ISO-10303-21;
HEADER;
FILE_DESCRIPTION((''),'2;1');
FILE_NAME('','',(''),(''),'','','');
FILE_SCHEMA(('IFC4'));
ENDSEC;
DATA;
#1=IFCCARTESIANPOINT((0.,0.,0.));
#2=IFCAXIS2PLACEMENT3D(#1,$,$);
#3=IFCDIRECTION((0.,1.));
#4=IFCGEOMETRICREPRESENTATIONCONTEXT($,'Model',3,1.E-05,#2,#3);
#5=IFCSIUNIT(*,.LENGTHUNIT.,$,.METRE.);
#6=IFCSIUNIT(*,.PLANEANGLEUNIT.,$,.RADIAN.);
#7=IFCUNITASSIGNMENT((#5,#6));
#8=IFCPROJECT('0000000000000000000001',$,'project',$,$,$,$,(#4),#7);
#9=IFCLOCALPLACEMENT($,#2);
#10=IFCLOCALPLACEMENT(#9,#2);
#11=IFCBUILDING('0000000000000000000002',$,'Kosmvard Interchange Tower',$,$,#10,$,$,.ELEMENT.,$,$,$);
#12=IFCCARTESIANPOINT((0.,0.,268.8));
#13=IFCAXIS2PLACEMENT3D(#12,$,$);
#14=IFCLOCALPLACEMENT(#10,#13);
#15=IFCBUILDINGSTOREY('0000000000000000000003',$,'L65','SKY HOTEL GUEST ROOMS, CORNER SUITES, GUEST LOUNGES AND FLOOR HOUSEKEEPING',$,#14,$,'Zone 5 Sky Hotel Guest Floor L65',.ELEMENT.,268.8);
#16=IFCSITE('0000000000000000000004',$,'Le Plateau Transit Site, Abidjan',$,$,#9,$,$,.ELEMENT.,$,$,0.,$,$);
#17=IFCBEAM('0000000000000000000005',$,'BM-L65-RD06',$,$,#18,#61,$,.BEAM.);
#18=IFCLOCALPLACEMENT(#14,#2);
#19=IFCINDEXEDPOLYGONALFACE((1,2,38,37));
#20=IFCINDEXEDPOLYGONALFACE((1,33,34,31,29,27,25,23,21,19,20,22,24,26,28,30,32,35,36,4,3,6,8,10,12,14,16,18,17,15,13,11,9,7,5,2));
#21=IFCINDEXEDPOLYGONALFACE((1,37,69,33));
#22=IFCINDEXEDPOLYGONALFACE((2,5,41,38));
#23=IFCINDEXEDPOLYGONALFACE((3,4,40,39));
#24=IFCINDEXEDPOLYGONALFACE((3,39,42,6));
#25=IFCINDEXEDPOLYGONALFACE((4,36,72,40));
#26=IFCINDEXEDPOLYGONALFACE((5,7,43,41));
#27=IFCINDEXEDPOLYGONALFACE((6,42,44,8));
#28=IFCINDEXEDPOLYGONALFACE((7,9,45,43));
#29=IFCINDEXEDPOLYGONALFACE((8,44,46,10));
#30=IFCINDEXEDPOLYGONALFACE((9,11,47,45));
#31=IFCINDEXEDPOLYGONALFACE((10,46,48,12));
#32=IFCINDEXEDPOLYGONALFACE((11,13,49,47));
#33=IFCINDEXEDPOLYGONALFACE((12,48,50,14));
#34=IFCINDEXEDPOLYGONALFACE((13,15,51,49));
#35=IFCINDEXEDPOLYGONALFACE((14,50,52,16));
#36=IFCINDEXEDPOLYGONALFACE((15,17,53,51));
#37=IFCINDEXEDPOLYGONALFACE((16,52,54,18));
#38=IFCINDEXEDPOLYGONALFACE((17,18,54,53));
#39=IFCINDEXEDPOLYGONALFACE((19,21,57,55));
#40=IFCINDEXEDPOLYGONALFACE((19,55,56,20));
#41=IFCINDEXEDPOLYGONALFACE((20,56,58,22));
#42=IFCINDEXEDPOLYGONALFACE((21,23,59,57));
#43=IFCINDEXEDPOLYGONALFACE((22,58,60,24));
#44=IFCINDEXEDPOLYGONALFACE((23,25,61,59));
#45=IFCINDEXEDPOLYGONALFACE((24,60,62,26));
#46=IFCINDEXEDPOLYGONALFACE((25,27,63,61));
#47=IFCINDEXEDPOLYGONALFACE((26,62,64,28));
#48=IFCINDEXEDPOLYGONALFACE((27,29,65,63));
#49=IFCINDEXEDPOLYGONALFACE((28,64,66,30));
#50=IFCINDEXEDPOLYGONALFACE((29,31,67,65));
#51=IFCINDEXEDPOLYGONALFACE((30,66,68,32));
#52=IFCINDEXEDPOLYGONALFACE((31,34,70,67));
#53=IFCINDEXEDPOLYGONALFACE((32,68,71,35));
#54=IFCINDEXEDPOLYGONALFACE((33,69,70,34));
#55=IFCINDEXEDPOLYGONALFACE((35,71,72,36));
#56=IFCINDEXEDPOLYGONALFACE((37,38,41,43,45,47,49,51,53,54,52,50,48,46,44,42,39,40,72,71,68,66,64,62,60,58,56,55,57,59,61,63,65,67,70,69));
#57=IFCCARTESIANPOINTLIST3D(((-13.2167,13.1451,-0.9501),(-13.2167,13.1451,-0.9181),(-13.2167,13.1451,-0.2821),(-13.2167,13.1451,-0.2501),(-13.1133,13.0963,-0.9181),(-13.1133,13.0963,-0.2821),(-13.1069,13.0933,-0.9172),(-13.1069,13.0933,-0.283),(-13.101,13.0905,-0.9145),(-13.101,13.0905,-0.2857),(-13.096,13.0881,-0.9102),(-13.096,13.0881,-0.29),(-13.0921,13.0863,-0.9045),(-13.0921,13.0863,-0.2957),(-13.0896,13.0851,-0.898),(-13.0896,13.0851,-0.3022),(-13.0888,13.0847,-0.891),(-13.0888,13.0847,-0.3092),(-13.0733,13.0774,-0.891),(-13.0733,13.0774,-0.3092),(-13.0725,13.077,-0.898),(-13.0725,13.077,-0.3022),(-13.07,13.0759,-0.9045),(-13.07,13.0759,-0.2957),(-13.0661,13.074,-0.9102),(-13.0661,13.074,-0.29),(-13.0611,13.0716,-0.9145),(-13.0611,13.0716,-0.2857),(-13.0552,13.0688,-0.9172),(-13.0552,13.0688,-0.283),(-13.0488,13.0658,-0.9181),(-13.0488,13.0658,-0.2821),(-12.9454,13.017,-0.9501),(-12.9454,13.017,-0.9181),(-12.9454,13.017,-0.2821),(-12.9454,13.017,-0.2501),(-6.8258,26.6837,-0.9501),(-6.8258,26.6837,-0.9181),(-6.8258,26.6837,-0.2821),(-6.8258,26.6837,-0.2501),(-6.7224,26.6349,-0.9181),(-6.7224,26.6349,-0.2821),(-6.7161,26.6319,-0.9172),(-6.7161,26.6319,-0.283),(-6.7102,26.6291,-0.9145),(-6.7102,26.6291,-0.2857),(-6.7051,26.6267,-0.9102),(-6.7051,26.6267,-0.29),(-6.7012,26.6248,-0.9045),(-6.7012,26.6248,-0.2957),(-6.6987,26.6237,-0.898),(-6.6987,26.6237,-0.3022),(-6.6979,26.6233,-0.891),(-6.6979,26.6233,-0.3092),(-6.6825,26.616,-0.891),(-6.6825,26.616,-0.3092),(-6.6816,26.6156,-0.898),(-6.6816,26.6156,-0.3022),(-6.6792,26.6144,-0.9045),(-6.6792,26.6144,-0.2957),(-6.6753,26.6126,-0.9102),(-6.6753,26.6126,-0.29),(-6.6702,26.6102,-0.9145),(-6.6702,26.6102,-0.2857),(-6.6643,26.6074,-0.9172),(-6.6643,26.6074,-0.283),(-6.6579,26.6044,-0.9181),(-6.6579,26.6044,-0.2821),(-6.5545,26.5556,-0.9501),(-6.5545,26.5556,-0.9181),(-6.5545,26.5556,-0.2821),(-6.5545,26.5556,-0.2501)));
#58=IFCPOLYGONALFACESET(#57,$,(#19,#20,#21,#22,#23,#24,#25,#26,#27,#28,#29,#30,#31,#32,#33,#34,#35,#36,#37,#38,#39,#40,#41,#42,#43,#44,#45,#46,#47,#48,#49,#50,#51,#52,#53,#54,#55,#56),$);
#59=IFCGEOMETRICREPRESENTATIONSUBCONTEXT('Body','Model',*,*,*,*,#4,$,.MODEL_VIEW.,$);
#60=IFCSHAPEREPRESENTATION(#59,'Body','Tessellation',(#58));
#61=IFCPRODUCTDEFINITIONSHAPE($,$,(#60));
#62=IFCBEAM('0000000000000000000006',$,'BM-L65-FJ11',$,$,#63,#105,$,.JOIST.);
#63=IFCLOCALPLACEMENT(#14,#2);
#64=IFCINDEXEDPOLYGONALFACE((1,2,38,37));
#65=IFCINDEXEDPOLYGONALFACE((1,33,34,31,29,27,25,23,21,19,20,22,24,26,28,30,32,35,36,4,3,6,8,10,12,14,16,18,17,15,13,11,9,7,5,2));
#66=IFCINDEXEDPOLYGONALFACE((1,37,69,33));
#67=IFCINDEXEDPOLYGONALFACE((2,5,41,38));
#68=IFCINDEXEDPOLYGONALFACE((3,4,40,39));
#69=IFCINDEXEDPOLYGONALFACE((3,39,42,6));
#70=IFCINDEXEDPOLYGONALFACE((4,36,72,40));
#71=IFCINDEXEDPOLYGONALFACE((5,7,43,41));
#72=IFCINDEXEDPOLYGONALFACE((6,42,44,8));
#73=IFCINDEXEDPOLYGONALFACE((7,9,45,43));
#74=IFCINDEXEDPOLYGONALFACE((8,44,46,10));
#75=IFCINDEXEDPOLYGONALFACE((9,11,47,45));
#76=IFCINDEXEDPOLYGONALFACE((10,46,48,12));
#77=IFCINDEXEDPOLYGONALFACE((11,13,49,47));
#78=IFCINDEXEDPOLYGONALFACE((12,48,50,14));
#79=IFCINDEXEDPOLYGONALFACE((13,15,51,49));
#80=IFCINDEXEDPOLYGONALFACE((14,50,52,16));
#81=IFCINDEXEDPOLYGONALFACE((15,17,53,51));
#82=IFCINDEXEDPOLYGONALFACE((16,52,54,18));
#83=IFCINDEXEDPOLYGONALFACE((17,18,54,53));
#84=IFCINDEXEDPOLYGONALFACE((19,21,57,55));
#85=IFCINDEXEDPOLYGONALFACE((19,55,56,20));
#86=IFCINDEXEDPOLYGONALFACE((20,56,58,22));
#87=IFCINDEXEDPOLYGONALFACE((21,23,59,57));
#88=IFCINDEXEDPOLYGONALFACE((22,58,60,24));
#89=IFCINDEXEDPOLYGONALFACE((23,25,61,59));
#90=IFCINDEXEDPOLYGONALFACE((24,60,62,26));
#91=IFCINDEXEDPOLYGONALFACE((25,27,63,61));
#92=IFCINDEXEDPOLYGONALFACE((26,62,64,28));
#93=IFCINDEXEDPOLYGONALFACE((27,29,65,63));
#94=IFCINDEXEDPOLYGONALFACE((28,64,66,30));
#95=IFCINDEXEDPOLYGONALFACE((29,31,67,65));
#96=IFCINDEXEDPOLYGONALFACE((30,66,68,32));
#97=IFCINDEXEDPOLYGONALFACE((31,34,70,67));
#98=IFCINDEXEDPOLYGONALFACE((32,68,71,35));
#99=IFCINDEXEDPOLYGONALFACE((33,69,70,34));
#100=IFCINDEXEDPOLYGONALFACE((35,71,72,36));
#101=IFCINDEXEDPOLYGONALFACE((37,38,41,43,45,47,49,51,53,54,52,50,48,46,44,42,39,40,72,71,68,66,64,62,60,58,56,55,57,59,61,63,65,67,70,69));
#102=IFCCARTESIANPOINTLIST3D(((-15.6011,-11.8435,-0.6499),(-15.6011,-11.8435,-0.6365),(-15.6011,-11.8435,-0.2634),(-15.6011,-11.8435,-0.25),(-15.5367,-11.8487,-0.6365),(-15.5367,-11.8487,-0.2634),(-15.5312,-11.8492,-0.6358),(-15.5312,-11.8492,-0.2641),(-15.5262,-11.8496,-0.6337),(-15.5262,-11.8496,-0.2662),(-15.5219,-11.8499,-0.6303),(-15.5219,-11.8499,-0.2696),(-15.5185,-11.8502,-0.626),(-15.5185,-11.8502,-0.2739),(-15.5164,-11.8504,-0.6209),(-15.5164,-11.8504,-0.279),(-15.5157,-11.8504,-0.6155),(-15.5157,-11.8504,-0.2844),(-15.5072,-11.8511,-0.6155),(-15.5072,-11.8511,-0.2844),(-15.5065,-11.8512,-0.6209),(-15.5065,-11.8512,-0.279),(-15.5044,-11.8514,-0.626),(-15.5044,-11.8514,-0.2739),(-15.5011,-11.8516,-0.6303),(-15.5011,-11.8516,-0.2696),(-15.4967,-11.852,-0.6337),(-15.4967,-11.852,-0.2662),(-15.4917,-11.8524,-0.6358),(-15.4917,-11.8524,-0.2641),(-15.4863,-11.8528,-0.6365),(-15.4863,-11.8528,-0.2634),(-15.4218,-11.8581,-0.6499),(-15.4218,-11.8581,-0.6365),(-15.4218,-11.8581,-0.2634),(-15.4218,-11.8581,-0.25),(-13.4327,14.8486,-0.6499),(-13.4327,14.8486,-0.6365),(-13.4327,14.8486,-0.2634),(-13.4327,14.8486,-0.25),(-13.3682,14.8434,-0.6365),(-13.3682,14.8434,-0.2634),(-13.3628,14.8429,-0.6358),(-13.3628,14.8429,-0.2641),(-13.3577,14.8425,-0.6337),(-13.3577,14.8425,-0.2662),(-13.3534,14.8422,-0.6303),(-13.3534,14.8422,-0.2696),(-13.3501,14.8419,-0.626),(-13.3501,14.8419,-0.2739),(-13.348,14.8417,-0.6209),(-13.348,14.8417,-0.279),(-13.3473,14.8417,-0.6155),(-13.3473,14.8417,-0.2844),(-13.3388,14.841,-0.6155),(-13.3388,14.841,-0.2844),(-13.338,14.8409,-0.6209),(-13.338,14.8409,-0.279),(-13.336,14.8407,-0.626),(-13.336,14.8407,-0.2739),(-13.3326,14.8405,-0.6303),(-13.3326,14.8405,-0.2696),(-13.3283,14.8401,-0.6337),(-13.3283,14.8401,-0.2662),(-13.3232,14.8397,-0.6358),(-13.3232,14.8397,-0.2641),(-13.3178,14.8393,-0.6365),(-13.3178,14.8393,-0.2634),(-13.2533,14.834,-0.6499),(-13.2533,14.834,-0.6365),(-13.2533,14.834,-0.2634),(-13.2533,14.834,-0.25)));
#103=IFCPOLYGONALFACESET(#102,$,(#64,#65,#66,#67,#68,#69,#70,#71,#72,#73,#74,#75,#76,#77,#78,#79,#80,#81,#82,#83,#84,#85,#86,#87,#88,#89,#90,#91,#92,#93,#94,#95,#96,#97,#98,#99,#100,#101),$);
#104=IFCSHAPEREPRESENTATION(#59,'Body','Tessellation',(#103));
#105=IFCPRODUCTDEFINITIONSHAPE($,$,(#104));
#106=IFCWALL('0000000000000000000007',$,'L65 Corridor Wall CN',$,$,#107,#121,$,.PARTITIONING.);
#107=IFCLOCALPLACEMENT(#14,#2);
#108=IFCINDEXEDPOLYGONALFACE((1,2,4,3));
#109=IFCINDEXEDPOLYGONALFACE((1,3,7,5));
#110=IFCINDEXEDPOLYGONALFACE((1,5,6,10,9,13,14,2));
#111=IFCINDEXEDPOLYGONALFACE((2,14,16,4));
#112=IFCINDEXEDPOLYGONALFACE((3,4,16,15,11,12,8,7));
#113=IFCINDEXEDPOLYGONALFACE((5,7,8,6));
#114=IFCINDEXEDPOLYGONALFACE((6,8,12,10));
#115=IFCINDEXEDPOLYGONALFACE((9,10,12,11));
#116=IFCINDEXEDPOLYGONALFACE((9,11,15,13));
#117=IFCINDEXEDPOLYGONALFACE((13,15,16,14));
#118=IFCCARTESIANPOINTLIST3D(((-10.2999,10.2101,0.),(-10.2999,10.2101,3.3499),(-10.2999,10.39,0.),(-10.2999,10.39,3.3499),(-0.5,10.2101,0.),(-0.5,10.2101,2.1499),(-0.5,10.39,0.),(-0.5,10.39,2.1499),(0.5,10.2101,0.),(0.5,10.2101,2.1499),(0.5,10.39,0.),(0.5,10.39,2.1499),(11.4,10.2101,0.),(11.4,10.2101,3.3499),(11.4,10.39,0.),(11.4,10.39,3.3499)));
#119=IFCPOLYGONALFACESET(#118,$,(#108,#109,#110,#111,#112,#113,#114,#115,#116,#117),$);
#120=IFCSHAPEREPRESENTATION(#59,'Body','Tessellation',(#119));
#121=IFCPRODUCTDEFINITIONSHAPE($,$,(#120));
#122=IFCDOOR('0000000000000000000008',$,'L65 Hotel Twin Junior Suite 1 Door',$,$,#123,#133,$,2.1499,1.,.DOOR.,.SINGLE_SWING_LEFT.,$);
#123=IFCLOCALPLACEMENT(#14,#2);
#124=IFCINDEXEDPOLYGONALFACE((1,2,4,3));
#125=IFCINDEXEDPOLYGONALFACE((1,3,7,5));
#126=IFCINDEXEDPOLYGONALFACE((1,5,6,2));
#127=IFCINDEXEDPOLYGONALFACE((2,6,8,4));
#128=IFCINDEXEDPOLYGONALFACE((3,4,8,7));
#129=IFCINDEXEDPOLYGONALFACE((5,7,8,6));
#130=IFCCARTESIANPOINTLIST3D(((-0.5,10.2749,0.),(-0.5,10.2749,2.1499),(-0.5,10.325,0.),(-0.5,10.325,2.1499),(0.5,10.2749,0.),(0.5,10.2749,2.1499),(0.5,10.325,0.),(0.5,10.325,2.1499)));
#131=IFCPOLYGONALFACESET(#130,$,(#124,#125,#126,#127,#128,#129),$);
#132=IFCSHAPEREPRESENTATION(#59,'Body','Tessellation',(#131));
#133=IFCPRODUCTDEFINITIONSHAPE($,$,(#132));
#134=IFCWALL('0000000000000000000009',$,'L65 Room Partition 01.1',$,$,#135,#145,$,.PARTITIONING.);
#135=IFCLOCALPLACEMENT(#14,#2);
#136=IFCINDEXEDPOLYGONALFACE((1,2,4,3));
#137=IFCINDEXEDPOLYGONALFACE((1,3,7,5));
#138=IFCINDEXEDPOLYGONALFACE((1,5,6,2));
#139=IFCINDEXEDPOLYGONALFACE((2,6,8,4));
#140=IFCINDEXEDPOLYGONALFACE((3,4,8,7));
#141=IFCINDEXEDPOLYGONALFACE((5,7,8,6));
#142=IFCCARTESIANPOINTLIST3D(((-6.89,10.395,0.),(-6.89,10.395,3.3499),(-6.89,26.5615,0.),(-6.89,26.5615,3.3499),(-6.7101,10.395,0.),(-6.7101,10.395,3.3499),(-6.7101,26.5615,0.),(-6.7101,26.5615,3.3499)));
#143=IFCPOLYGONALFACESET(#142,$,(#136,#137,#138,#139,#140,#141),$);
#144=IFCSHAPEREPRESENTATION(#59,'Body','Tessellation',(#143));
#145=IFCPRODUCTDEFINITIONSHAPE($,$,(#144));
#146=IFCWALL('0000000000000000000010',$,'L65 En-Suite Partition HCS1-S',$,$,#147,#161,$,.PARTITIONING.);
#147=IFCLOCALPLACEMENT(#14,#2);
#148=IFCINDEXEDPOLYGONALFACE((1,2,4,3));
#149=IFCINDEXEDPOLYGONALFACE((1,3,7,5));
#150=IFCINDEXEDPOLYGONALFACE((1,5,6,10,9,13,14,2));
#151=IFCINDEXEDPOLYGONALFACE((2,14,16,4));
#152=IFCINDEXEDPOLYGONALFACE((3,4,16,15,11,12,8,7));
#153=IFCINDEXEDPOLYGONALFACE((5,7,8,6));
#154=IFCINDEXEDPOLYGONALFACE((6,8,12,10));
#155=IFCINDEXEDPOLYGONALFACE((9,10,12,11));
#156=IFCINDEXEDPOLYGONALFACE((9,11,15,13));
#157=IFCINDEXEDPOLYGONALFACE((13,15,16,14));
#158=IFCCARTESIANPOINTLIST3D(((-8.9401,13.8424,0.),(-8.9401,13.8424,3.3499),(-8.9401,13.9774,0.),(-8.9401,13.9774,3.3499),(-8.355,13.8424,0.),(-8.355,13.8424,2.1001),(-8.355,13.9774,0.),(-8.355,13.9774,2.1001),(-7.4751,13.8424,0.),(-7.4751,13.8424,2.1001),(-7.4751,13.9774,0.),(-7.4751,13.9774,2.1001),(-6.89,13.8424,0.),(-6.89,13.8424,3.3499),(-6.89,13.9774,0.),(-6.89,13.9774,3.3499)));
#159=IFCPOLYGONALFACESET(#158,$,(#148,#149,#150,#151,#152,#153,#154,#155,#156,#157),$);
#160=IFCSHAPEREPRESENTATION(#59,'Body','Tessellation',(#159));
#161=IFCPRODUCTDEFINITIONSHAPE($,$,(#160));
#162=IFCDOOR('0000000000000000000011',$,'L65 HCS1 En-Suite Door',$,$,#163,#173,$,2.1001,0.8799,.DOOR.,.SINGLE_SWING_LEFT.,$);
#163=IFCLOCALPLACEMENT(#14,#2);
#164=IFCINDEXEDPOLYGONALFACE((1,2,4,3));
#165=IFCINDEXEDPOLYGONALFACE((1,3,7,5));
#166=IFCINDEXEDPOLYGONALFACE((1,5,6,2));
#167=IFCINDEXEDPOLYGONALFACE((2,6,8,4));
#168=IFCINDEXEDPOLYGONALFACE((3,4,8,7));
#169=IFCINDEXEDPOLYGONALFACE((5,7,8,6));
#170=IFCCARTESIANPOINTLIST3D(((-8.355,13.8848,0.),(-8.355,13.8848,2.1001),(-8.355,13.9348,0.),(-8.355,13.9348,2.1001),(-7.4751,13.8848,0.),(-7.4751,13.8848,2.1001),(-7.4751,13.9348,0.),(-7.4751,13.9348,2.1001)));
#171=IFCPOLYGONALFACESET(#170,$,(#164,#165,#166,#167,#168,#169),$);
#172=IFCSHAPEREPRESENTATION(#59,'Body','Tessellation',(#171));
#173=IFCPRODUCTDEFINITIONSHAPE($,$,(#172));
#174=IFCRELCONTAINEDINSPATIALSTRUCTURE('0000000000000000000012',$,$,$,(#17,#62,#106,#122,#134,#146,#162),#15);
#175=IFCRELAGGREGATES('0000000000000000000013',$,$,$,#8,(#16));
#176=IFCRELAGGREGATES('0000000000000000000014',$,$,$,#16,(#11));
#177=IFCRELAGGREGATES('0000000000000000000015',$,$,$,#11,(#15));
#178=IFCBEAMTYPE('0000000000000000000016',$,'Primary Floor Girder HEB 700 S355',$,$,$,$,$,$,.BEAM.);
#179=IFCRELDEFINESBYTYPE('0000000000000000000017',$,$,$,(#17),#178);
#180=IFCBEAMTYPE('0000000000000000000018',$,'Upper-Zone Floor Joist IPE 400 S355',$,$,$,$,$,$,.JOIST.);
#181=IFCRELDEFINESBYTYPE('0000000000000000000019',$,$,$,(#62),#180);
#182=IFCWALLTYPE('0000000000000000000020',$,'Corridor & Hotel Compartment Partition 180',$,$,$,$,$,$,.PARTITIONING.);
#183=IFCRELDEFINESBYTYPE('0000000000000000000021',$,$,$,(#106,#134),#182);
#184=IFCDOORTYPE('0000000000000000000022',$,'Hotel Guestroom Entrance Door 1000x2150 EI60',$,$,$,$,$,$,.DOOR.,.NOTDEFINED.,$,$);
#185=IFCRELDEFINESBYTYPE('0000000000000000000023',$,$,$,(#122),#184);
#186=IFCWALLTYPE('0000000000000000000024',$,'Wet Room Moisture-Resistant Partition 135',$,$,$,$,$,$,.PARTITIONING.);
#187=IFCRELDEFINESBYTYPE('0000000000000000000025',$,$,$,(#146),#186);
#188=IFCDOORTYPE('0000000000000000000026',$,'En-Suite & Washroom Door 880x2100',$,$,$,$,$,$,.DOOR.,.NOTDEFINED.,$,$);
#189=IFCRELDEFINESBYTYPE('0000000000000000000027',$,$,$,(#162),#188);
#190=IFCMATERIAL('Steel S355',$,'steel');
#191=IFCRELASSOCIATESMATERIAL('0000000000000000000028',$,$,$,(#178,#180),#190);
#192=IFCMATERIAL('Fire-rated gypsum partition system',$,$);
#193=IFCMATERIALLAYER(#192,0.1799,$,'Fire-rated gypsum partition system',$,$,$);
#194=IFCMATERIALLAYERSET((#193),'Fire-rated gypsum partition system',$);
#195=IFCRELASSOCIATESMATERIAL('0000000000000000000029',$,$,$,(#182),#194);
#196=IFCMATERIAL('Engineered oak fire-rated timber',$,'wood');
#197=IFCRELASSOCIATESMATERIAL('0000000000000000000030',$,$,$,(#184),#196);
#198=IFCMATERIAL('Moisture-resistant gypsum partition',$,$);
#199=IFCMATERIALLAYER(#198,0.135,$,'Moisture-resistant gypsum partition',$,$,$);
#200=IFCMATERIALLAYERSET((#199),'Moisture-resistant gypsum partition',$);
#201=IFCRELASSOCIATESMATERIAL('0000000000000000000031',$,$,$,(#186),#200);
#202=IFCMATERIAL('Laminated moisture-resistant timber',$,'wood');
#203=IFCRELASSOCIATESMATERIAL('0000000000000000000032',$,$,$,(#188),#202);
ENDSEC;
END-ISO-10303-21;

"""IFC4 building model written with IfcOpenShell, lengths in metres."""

from ifc_helpers import new_model, si_unit, direction, frame, frame_2d, origin, origin_2d, place, context, subcontext, project, spatial, rectangle, i_section, extrude, source, transform, mapped, material, layer, layer_set, material_profile, profile_set, type_object, element, fill, save


model = new_model("IFC4")

# Units and contexts
model_context = context("Model", 3, precision=1e-05, world=origin(), true_north=direction((0.0, 1.0)))
body_context = subcontext(model_context, "Body", "Model", "MODEL_VIEW")
ifc_project = project(units=[si_unit("LENGTHUNIT", "METRE"), si_unit("PLANEANGLEUNIT", "RADIAN")], contexts=[model_context])

# Site, building, storey
site_placement = place(None, origin())
site = spatial("IfcSite", under=ifc_project, at=site_placement, Name="Le Plateau Transit Site, Abidjan", CompositionType="ELEMENT", RefElevation=0.0)
building_placement = place(site_placement, origin())
building = spatial("IfcBuilding", under=site, at=building_placement, Name="Kosmvard Interchange Tower", CompositionType="ELEMENT")
storey_placement = place(building_placement, frame((0.0, 0.0, 268.8)))
storey = spatial("IfcBuildingStorey", under=building, at=storey_placement, Name="L65", Description="SKY HOTEL GUEST ROOMS, CORNER SUITES, GUEST LOUNGES AND FLOOR HOUSEKEEPING", LongName="Zone 5 Sky Hotel Guest Floor L65", CompositionType="ELEMENT", Elevation=268.8)

# Beams
ifc_material_1 = material(Name="Steel S355", Category="steel")
ifc_material_profile_1 = material_profile(ifc_material_1, i_section(OverallWidth=0.3, OverallDepth=0.7, WebThickness=0.0171, FlangeThickness=0.032, FilletRadius=0.0271, at=origin_2d()), Name="HEB 700")
ifc_profile_set_1 = profile_set([ifc_material_profile_1], Name="Steel S355")
beam_type_1 = type_object("IfcBeamType", Name="Primary Floor Girder HEB 700 S355", PredefinedType="BEAM", material=ifc_profile_set_1)
shared_shape_1 = source(origin(), body_context, "Body", "SweptSolid", [
    extrude(i_section(OverallWidth=0.3, OverallDepth=0.7, WebThickness=0.0171, FlangeThickness=0.032, FilletRadius=0.0271, at=origin_2d()), origin(), (0.0, 0.0, 1.0), 14.9712),
])
beam_1_placement = place(storey_placement, frame((-13.0811, 13.0811, -0.6001), z_axis=(0.426878, 0.904309, 0.0), x_axis=(-0.904309, 0.426878, 0.0)))
element("IfcBeam", 1, at=beam_1_placement, inside=storey, type_object=beam_type_1, Name="BM-L65-RD06", PredefinedType="BEAM", context=body_context, shape_type="MappedRepresentation", body=[
    mapped(shared_shape_1, transform((0.0, 0.0, 0.0), scale=1.0)),
])
ifc_material_profile_2 = material_profile(ifc_material_1, i_section(OverallWidth=0.1799, OverallDepth=0.3999, WebThickness=0.0085, FlangeThickness=0.0134, FilletRadius=0.021, at=origin_2d()), Name="IPE 400")
ifc_profile_set_2 = profile_set([ifc_material_profile_2], Name="Steel S355")
beam_type_2 = type_object("IfcBeamType", Name="Upper-Zone Floor Joist IPE 400 S355", PredefinedType="JOIST", material=ifc_profile_set_2)
shared_shape_2 = source(origin(), body_context, "Body", "SweptSolid", [
    extrude(i_section(OverallWidth=0.1799, OverallDepth=0.3999, WebThickness=0.0085, FlangeThickness=0.0134, FilletRadius=0.021, at=origin_2d()), origin(), (0.0, 0.0, 1.0), 26.78),
])
beam_2_placement = place(storey_placement, frame((-13.343, 14.8413, -0.45), z_axis=(-0.080973, -0.996716, 0.0), x_axis=(0.996716, -0.080973, 0.0)))
element("IfcBeam", 2, at=beam_2_placement, inside=storey, type_object=beam_type_2, Name="BM-L65-FJ11", PredefinedType="JOIST", context=body_context, shape_type="MappedRepresentation", body=[
    mapped(shared_shape_2, transform((0.0, 0.0, 0.0), scale=1.0)),
])

# Wall, opening, door
ifc_material_2 = material(Name="Fire-rated gypsum partition system")
ifc_layer_1 = layer(ifc_material_2, 0.1799, Name="Fire-rated gypsum partition system")
ifc_layer_set_1 = layer_set([ifc_layer_1], Name="Fire-rated gypsum partition system")
wall_type_1 = type_object("IfcWallType", Name="Corridor & Hotel Compartment Partition 180", PredefinedType="PARTITIONING", material=ifc_layer_set_1)
wall_1_placement = place(storey_placement, frame((-10.3, 10.3, 0.0), z_axis=(0.0, 0.0, 1.0), x_axis=(1.0, 0.0, 0.0)))
wall_1 = element("IfcWall", 3, at=wall_1_placement, inside=storey, type_object=wall_type_1, Name="L65 Corridor Wall CN", PredefinedType="PARTITIONING", context=body_context, shape_type="SweptSolid", body=[
    extrude(rectangle(XDim=21.7, YDim=0.1799, at=frame_2d((10.8501, 0.0))), origin(), (0.0, 0.0, 1.0), 3.3499),
])
opening_1_placement = place(wall_1_placement, frame((9.8, 0.0, 0.0)))
opening_1 = element("IfcOpeningElement", 4, at=opening_1_placement, cuts=wall_1, PredefinedType="OPENING", context=body_context, shape_type="SweptSolid", body=[
    extrude(rectangle(XDim=1.0, YDim=2.1499, at=frame_2d((0.5, 1.075))), frame((0.0, 0.1001, 0.0), z_axis=(0.0, -1.0, 0.0), x_axis=(1.0, 0.0, 0.0)), (0.0, 0.0, 1.0), 0.2),
])
ifc_material_3 = material(Name="Engineered oak fire-rated timber", Category="wood")
door_type_1 = type_object("IfcDoorType", Name="Hotel Guestroom Entrance Door 1000x2150 EI60", OperationType="NOTDEFINED", PredefinedType="DOOR", material=ifc_material_3)
shared_shape_3 = source(origin(), body_context, "Body", "SweptSolid", [
    extrude(rectangle(XDim=1.0, YDim=2.1499, at=frame_2d((0.5, 1.075))), frame((0.0, 0.0249, 0.0), z_axis=(0.0, -1.0, 0.0), x_axis=(1.0, 0.0, 0.0)), (0.0, 0.0, 1.0), 0.05),
])
door_1_placement = place(opening_1_placement, origin())
door_1 = element("IfcDoor", 5, at=door_1_placement, inside=storey, type_object=door_type_1, Name="L65 Hotel Twin Junior Suite 1 Door", OperationType="SINGLE_SWING_LEFT", OverallHeight=2.1499, OverallWidth=1.0, PredefinedType="DOOR", context=body_context, shape_type="MappedRepresentation", body=[
    mapped(shared_shape_3, transform((0.0, 0.0, 0.0), scale=1.0)),
])
fill(opening_1, door_1)

# Wall
wall_2_placement = place(storey_placement, frame((-6.8, 10.395, 0.0), z_axis=(0.0, 0.0, 1.0), x_axis=(0.0, 1.0, 0.0)))
element("IfcWall", 6, at=wall_2_placement, inside=storey, type_object=wall_type_1, Name="L65 Room Partition 01.1", PredefinedType="PARTITIONING", context=body_context, shape_type="SweptSolid", body=[
    extrude(rectangle(XDim=16.1665, YDim=0.1799, at=frame_2d((8.0833, 0.0))), origin(), (0.0, 0.0, 1.0), 3.3499),
])

# Wall, opening, door
ifc_material_4 = material(Name="Moisture-resistant gypsum partition")
ifc_layer_2 = layer(ifc_material_4, 0.135, Name="Moisture-resistant gypsum partition")
ifc_layer_set_2 = layer_set([ifc_layer_2], Name="Moisture-resistant gypsum partition")
wall_type_2 = type_object("IfcWallType", Name="Wet Room Moisture-Resistant Partition 135", PredefinedType="PARTITIONING", material=ifc_layer_set_2)
wall_3_placement = place(storey_placement, frame((-8.9399, 13.9099, 0.0), z_axis=(0.0, 0.0, 1.0), x_axis=(1.0, 0.0, 0.0)))
wall_3 = element("IfcWall", 7, at=wall_3_placement, inside=storey, type_object=wall_type_2, Name="L65 En-Suite Partition HCS1-S", PredefinedType="PARTITIONING", context=body_context, shape_type="SweptSolid", body=[
    extrude(rectangle(XDim=2.05, YDim=0.135, at=frame_2d((1.0249, 0.0))), origin(), (0.0, 0.0, 1.0), 3.3499),
])
opening_2_placement = place(wall_3_placement, frame((0.585, 0.0, 0.0)))
opening_2 = element("IfcOpeningElement", 8, at=opening_2_placement, cuts=wall_3, PredefinedType="OPENING", context=body_context, shape_type="SweptSolid", body=[
    extrude(rectangle(XDim=0.8799, YDim=2.1001, at=frame_2d((0.4399, 1.05))), frame((0.0, 0.0776, 0.0), z_axis=(0.0, -1.0, 0.0), x_axis=(1.0, 0.0, 0.0)), (0.0, 0.0, 1.0), 0.155),
])
ifc_material_5 = material(Name="Laminated moisture-resistant timber", Category="wood")
door_type_2 = type_object("IfcDoorType", Name="En-Suite & Washroom Door 880x2100", OperationType="NOTDEFINED", PredefinedType="DOOR", material=ifc_material_5)
shared_shape_4 = source(origin(), body_context, "Body", "SweptSolid", [
    extrude(rectangle(XDim=0.8799, YDim=2.1001, at=frame_2d((0.4399, 1.05))), frame((0.0, 0.0249, 0.0), z_axis=(0.0, -1.0, 0.0), x_axis=(1.0, 0.0, 0.0)), (0.0, 0.0, 1.0), 0.05),
])
door_2_placement = place(opening_2_placement, origin())
door_2 = element("IfcDoor", 9, at=door_2_placement, inside=storey, type_object=door_type_2, Name="L65 HCS1 En-Suite Door", OperationType="SINGLE_SWING_LEFT", OverallHeight=2.1001, OverallWidth=0.8799, PredefinedType="DOOR", context=body_context, shape_type="MappedRepresentation", body=[
    mapped(shared_shape_4, transform((0.0, 0.0, 0.0), scale=1.0)),
])
fill(opening_2, door_2)

save(model, "model.ifc")
